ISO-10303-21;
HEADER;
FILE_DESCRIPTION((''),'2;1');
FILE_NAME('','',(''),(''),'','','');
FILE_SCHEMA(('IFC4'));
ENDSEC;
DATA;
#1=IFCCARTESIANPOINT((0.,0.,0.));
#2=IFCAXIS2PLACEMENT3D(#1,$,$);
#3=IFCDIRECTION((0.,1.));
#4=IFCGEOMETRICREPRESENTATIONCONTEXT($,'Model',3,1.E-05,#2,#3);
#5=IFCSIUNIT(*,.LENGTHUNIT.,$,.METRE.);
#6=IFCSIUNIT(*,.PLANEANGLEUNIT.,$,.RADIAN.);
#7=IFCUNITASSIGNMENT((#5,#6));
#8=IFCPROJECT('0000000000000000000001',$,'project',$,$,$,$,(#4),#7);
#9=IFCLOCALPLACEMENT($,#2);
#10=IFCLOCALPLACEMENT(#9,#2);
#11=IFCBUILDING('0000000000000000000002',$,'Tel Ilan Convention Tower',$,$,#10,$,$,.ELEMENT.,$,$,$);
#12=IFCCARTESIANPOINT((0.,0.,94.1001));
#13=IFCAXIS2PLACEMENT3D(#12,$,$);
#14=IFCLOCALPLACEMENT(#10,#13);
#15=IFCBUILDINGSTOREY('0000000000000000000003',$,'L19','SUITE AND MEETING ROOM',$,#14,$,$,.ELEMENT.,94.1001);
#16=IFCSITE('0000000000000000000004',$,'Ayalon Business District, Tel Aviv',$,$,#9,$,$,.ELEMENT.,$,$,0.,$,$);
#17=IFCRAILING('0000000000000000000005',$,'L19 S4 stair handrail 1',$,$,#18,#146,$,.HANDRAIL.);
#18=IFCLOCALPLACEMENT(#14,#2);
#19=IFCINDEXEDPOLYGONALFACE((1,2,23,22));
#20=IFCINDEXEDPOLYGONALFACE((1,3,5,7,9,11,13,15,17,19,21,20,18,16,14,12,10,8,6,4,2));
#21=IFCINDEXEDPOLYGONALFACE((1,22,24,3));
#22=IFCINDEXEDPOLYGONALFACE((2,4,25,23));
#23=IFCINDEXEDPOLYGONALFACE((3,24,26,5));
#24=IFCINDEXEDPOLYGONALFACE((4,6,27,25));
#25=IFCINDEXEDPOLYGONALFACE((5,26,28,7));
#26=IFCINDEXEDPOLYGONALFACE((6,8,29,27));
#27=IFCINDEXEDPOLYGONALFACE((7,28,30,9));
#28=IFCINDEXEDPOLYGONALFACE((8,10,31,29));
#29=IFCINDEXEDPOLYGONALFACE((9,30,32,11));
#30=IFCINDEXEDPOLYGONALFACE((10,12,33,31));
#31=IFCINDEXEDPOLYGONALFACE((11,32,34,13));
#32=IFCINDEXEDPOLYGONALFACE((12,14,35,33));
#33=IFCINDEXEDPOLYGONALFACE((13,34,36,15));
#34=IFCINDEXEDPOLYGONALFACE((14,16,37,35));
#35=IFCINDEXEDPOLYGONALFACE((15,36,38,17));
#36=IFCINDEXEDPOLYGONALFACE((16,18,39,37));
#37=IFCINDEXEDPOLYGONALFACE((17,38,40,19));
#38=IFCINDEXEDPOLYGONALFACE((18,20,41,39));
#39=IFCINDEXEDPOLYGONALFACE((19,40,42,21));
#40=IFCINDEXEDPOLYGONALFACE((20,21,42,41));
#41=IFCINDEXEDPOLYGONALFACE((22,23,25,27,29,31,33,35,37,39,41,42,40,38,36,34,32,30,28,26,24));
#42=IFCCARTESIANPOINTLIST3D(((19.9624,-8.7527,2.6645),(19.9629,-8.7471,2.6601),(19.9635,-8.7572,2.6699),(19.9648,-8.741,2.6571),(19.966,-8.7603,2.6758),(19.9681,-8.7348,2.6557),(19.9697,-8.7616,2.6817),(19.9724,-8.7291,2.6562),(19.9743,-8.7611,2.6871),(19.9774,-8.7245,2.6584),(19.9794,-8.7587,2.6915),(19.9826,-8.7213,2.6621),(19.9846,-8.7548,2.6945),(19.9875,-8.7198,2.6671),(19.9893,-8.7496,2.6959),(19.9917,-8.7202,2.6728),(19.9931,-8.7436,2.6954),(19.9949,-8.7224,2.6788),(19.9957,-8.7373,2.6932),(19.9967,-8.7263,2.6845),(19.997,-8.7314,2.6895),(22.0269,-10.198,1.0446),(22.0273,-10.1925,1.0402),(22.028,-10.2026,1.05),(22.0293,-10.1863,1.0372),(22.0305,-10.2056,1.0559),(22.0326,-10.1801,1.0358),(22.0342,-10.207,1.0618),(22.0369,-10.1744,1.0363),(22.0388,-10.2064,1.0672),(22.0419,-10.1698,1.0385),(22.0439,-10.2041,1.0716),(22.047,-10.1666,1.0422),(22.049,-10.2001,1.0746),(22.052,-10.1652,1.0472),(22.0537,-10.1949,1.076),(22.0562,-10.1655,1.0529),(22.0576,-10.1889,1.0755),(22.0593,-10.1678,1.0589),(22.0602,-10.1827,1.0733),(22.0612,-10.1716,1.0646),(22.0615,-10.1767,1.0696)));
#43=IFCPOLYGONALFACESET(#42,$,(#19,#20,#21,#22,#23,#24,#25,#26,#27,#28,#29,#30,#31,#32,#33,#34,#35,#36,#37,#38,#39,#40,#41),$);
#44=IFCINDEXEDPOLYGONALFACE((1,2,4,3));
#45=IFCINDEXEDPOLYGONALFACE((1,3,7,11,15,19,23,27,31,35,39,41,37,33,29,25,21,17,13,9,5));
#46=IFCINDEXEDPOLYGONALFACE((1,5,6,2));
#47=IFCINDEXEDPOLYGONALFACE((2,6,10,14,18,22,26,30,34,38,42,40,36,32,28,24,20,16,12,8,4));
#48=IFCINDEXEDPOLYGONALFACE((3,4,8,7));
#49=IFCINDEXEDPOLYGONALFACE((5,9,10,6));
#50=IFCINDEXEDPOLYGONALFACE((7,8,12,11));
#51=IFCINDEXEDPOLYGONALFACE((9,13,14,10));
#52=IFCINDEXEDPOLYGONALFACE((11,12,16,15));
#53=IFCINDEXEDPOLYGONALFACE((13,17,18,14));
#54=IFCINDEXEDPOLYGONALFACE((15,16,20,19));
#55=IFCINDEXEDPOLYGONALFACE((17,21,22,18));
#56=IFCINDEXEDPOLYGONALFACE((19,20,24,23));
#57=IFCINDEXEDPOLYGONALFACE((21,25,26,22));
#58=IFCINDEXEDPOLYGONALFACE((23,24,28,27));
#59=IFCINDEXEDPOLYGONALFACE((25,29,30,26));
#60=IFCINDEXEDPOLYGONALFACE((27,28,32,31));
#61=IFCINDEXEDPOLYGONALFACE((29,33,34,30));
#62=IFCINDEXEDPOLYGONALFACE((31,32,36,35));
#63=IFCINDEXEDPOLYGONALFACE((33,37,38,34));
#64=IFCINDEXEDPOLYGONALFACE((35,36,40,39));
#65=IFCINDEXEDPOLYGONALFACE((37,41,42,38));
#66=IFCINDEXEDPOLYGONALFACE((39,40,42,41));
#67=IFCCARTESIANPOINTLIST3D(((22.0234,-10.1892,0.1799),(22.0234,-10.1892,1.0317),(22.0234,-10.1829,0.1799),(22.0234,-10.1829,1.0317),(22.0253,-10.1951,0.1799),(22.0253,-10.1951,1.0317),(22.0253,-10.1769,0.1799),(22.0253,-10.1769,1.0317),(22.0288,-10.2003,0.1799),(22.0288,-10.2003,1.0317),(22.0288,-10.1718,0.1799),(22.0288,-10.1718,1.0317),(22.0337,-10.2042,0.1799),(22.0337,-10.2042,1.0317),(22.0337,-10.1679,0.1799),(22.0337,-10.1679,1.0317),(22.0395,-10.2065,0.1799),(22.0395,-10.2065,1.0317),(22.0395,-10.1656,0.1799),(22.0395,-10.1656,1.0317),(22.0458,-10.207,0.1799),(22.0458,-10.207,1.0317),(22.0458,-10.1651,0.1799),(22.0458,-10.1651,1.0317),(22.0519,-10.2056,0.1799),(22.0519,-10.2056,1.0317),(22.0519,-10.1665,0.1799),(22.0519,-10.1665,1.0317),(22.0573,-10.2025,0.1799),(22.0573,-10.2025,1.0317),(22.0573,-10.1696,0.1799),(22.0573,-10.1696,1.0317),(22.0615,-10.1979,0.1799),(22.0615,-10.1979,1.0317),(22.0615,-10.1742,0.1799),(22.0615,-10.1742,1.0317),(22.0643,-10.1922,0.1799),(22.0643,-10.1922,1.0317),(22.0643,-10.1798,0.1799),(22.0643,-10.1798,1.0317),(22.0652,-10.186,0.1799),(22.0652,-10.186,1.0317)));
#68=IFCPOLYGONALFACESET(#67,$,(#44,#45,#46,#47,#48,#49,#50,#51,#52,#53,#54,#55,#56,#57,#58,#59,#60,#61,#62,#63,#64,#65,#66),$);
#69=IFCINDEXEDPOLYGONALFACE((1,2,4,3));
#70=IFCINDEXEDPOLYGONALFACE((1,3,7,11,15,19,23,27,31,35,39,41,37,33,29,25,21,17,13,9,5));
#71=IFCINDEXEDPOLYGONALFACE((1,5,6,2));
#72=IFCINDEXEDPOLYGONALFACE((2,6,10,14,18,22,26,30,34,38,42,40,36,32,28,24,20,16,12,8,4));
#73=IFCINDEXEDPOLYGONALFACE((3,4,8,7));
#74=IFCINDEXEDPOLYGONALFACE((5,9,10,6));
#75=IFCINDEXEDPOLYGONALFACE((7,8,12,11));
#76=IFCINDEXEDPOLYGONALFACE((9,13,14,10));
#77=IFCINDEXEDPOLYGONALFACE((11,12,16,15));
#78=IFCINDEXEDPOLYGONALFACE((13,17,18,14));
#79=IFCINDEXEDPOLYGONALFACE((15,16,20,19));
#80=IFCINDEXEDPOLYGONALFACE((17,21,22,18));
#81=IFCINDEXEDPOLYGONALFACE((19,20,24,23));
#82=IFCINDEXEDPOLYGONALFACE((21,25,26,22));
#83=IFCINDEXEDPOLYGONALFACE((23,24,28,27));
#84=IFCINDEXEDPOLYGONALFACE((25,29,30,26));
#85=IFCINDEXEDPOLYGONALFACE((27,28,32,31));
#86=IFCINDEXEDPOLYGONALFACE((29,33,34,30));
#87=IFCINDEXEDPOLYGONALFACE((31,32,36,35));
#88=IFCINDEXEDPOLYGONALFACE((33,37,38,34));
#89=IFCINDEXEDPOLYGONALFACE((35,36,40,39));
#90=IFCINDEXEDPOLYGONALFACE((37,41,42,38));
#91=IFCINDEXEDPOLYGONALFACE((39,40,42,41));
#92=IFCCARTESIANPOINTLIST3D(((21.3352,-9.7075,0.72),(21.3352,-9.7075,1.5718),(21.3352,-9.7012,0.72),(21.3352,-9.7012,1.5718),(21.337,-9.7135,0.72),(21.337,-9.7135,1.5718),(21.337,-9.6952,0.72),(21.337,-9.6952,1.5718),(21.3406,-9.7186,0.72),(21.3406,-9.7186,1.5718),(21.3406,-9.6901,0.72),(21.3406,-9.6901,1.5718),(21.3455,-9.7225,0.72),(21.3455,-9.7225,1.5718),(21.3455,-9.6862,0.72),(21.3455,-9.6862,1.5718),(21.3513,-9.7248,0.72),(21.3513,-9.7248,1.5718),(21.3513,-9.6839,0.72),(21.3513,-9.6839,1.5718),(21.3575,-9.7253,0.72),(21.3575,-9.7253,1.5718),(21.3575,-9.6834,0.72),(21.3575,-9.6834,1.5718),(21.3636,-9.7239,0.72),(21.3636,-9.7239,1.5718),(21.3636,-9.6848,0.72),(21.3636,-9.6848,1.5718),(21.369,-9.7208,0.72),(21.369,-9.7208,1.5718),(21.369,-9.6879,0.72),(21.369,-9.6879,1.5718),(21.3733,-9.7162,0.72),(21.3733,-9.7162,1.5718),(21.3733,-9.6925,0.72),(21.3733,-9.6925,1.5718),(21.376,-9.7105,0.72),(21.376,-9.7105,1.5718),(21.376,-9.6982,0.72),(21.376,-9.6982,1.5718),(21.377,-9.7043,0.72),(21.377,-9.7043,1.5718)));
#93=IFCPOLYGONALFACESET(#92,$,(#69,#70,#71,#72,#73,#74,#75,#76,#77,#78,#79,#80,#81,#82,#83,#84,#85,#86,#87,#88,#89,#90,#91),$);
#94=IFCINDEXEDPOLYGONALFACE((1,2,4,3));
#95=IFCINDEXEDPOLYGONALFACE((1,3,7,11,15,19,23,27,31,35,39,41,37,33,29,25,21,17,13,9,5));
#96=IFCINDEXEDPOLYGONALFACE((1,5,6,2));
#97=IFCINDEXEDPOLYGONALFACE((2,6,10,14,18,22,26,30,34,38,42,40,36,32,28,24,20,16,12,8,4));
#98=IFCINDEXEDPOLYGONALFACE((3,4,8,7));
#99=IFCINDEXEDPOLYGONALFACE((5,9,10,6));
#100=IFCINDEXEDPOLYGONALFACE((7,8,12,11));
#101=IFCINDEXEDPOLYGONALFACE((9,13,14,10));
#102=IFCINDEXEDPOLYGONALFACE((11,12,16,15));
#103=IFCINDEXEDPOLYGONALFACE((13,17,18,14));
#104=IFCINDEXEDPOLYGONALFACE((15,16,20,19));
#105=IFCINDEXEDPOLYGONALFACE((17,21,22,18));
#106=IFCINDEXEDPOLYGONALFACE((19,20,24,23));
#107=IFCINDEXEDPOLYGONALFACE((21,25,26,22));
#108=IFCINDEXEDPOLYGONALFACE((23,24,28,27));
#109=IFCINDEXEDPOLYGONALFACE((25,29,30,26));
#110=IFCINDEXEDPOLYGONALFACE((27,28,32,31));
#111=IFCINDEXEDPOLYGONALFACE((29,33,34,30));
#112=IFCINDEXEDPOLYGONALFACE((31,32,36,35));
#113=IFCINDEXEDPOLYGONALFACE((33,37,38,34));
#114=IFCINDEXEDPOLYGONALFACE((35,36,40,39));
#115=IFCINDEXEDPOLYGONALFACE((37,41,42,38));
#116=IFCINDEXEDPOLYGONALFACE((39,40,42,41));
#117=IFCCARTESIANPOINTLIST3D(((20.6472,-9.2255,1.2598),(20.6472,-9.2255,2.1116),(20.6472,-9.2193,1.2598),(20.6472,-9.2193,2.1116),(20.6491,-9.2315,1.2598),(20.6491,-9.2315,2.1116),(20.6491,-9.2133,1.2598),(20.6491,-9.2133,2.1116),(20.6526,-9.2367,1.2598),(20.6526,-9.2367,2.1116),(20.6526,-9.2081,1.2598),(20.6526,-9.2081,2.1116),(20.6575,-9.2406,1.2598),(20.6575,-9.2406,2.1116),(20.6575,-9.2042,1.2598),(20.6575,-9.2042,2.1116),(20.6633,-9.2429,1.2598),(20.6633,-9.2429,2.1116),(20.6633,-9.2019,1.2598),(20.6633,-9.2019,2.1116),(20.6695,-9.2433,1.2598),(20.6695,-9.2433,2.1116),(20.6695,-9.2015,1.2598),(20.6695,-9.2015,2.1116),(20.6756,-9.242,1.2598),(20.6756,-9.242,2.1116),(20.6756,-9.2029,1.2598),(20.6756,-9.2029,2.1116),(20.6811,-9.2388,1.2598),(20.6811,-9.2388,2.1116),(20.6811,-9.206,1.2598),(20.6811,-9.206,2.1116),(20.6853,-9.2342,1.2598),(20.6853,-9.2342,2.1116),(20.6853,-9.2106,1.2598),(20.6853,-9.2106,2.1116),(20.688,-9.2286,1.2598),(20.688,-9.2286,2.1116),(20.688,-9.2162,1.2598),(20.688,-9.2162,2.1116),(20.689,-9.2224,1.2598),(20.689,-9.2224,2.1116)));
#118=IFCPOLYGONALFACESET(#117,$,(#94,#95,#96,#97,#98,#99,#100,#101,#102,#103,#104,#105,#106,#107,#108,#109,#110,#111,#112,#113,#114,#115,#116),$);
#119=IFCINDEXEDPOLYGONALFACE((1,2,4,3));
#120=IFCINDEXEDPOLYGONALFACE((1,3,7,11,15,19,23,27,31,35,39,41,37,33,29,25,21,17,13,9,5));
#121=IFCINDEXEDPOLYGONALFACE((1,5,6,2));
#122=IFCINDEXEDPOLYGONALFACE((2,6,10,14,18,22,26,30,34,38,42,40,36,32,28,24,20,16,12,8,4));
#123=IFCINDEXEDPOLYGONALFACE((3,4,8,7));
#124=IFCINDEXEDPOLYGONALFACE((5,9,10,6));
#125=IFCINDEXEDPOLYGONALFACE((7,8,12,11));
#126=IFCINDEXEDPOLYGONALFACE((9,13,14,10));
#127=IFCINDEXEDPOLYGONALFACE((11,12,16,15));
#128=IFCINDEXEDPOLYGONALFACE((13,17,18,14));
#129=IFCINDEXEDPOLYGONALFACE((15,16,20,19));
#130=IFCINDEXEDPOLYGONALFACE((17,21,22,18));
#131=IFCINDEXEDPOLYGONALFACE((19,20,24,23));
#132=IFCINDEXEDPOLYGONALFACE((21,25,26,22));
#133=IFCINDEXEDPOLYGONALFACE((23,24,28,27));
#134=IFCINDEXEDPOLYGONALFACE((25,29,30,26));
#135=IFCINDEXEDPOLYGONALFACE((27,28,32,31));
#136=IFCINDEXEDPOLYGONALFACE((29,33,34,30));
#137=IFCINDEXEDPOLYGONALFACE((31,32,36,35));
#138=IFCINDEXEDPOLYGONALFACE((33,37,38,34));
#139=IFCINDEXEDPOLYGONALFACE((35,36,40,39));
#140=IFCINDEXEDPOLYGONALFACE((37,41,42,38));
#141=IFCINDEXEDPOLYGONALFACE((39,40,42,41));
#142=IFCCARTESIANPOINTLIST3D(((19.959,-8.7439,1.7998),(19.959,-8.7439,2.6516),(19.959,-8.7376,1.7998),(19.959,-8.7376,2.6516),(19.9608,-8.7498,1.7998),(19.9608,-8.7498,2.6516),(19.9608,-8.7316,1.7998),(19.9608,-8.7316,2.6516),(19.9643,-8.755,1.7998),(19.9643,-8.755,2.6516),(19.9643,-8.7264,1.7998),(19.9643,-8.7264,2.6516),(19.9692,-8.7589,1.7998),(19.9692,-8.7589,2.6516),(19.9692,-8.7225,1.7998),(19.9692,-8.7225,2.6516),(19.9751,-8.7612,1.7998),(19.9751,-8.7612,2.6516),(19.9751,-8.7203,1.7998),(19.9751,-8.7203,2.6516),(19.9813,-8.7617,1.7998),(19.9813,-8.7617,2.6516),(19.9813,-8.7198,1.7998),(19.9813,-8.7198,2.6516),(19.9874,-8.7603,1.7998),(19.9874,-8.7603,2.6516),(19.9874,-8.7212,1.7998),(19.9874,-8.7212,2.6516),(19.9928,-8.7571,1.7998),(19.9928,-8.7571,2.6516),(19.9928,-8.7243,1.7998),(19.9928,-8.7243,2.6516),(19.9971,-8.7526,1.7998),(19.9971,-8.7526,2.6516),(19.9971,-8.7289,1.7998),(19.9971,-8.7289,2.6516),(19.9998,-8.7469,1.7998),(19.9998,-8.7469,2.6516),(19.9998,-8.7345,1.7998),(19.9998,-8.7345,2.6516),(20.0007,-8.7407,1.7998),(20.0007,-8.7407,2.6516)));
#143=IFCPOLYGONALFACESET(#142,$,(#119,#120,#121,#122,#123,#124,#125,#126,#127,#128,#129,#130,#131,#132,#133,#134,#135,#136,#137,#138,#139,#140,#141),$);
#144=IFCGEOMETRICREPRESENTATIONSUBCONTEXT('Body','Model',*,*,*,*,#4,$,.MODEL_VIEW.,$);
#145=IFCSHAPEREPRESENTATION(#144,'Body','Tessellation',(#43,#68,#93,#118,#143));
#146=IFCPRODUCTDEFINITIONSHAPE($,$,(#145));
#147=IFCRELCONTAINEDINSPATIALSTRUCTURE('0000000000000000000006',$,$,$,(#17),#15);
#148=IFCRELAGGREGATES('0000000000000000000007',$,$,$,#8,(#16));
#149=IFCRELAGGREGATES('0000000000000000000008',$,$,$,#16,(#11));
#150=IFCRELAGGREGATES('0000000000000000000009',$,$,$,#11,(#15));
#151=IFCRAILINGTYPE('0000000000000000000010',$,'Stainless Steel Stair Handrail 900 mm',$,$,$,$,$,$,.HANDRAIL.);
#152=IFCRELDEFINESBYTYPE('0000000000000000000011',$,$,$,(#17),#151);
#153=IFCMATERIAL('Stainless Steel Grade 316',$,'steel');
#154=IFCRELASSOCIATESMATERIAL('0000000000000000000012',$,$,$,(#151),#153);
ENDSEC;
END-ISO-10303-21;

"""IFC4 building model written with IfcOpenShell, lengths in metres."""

from ifc_helpers import new_model, si_unit, direction, frame, origin, origin_2d, place, context, subcontext, project, spatial, circle, extrude, material, type_object, element, save


model = new_model("IFC4")

# Units and contexts
model_context = context("Model", 3, precision=1e-05, world=origin(), true_north=direction((0.0, 1.0)))
body_context = subcontext(model_context, "Body", "Model", "MODEL_VIEW")
ifc_project = project(units=[si_unit("LENGTHUNIT", "METRE"), si_unit("PLANEANGLEUNIT", "RADIAN")], contexts=[model_context])

# Site, building, storey
site_placement = place(None, origin())
site = spatial("IfcSite", under=ifc_project, at=site_placement, Name="Ayalon Business District, Tel Aviv", CompositionType="ELEMENT", RefElevation=0.0)
building_placement = place(site_placement, origin())
building = spatial("IfcBuilding", under=site, at=building_placement, Name="Tel Ilan Convention Tower", CompositionType="ELEMENT")
storey_placement = place(building_placement, frame((0.0, 0.0, 94.1001)))
storey = spatial("IfcBuildingStorey", under=building, at=storey_placement, Name="L19", Description="SUITE AND MEETING ROOM", CompositionType="ELEMENT", Elevation=94.1001)

# Railing
ifc_material_1 = material(Name="Stainless Steel Grade 316", Category="steel")
railing_type_1 = type_object("IfcRailingType", Name="Stainless Steel Stair Handrail 900 mm", PredefinedType="HANDRAIL", material=ifc_material_1)
railing_1_placement = place(storey_placement, frame((22.0442, -10.186, 0.1799)))
element("IfcRailing", 1, at=railing_1_placement, inside=storey, type_object=railing_type_1, Name="L19 S4 stair handrail 1", PredefinedType="HANDRAIL", context=body_context, shape_type="SweptSolid", body=[
    extrude(circle(Radius=0.0239, at=origin_2d()), frame((0.0, 0.0, 0.876), z_axis=(-0.689113, 0.482444, 0.540713), x_axis=(-0.573514, -0.819196, 0.0)), (0.0, 0.0, 1.0), 2.9958),
    extrude(circle(Radius=0.021, at=origin_2d()), origin(), (0.0, 0.0, 1.0), 0.8518),
    extrude(circle(Radius=0.021, at=origin_2d()), frame((-0.6882, 0.4817, 0.54)), (0.0, 0.0, 1.0), 0.8518),
    extrude(circle(Radius=0.021, at=origin_2d()), frame((-1.3762, 0.9636, 1.0798)), (0.0, 0.0, 1.0), 0.8518),
    extrude(circle(Radius=0.021, at=origin_2d()), frame((-2.0645, 1.4453, 1.6199)), (0.0, 0.0, 1.0), 0.8518),
])

save(model, "model.ifc")
